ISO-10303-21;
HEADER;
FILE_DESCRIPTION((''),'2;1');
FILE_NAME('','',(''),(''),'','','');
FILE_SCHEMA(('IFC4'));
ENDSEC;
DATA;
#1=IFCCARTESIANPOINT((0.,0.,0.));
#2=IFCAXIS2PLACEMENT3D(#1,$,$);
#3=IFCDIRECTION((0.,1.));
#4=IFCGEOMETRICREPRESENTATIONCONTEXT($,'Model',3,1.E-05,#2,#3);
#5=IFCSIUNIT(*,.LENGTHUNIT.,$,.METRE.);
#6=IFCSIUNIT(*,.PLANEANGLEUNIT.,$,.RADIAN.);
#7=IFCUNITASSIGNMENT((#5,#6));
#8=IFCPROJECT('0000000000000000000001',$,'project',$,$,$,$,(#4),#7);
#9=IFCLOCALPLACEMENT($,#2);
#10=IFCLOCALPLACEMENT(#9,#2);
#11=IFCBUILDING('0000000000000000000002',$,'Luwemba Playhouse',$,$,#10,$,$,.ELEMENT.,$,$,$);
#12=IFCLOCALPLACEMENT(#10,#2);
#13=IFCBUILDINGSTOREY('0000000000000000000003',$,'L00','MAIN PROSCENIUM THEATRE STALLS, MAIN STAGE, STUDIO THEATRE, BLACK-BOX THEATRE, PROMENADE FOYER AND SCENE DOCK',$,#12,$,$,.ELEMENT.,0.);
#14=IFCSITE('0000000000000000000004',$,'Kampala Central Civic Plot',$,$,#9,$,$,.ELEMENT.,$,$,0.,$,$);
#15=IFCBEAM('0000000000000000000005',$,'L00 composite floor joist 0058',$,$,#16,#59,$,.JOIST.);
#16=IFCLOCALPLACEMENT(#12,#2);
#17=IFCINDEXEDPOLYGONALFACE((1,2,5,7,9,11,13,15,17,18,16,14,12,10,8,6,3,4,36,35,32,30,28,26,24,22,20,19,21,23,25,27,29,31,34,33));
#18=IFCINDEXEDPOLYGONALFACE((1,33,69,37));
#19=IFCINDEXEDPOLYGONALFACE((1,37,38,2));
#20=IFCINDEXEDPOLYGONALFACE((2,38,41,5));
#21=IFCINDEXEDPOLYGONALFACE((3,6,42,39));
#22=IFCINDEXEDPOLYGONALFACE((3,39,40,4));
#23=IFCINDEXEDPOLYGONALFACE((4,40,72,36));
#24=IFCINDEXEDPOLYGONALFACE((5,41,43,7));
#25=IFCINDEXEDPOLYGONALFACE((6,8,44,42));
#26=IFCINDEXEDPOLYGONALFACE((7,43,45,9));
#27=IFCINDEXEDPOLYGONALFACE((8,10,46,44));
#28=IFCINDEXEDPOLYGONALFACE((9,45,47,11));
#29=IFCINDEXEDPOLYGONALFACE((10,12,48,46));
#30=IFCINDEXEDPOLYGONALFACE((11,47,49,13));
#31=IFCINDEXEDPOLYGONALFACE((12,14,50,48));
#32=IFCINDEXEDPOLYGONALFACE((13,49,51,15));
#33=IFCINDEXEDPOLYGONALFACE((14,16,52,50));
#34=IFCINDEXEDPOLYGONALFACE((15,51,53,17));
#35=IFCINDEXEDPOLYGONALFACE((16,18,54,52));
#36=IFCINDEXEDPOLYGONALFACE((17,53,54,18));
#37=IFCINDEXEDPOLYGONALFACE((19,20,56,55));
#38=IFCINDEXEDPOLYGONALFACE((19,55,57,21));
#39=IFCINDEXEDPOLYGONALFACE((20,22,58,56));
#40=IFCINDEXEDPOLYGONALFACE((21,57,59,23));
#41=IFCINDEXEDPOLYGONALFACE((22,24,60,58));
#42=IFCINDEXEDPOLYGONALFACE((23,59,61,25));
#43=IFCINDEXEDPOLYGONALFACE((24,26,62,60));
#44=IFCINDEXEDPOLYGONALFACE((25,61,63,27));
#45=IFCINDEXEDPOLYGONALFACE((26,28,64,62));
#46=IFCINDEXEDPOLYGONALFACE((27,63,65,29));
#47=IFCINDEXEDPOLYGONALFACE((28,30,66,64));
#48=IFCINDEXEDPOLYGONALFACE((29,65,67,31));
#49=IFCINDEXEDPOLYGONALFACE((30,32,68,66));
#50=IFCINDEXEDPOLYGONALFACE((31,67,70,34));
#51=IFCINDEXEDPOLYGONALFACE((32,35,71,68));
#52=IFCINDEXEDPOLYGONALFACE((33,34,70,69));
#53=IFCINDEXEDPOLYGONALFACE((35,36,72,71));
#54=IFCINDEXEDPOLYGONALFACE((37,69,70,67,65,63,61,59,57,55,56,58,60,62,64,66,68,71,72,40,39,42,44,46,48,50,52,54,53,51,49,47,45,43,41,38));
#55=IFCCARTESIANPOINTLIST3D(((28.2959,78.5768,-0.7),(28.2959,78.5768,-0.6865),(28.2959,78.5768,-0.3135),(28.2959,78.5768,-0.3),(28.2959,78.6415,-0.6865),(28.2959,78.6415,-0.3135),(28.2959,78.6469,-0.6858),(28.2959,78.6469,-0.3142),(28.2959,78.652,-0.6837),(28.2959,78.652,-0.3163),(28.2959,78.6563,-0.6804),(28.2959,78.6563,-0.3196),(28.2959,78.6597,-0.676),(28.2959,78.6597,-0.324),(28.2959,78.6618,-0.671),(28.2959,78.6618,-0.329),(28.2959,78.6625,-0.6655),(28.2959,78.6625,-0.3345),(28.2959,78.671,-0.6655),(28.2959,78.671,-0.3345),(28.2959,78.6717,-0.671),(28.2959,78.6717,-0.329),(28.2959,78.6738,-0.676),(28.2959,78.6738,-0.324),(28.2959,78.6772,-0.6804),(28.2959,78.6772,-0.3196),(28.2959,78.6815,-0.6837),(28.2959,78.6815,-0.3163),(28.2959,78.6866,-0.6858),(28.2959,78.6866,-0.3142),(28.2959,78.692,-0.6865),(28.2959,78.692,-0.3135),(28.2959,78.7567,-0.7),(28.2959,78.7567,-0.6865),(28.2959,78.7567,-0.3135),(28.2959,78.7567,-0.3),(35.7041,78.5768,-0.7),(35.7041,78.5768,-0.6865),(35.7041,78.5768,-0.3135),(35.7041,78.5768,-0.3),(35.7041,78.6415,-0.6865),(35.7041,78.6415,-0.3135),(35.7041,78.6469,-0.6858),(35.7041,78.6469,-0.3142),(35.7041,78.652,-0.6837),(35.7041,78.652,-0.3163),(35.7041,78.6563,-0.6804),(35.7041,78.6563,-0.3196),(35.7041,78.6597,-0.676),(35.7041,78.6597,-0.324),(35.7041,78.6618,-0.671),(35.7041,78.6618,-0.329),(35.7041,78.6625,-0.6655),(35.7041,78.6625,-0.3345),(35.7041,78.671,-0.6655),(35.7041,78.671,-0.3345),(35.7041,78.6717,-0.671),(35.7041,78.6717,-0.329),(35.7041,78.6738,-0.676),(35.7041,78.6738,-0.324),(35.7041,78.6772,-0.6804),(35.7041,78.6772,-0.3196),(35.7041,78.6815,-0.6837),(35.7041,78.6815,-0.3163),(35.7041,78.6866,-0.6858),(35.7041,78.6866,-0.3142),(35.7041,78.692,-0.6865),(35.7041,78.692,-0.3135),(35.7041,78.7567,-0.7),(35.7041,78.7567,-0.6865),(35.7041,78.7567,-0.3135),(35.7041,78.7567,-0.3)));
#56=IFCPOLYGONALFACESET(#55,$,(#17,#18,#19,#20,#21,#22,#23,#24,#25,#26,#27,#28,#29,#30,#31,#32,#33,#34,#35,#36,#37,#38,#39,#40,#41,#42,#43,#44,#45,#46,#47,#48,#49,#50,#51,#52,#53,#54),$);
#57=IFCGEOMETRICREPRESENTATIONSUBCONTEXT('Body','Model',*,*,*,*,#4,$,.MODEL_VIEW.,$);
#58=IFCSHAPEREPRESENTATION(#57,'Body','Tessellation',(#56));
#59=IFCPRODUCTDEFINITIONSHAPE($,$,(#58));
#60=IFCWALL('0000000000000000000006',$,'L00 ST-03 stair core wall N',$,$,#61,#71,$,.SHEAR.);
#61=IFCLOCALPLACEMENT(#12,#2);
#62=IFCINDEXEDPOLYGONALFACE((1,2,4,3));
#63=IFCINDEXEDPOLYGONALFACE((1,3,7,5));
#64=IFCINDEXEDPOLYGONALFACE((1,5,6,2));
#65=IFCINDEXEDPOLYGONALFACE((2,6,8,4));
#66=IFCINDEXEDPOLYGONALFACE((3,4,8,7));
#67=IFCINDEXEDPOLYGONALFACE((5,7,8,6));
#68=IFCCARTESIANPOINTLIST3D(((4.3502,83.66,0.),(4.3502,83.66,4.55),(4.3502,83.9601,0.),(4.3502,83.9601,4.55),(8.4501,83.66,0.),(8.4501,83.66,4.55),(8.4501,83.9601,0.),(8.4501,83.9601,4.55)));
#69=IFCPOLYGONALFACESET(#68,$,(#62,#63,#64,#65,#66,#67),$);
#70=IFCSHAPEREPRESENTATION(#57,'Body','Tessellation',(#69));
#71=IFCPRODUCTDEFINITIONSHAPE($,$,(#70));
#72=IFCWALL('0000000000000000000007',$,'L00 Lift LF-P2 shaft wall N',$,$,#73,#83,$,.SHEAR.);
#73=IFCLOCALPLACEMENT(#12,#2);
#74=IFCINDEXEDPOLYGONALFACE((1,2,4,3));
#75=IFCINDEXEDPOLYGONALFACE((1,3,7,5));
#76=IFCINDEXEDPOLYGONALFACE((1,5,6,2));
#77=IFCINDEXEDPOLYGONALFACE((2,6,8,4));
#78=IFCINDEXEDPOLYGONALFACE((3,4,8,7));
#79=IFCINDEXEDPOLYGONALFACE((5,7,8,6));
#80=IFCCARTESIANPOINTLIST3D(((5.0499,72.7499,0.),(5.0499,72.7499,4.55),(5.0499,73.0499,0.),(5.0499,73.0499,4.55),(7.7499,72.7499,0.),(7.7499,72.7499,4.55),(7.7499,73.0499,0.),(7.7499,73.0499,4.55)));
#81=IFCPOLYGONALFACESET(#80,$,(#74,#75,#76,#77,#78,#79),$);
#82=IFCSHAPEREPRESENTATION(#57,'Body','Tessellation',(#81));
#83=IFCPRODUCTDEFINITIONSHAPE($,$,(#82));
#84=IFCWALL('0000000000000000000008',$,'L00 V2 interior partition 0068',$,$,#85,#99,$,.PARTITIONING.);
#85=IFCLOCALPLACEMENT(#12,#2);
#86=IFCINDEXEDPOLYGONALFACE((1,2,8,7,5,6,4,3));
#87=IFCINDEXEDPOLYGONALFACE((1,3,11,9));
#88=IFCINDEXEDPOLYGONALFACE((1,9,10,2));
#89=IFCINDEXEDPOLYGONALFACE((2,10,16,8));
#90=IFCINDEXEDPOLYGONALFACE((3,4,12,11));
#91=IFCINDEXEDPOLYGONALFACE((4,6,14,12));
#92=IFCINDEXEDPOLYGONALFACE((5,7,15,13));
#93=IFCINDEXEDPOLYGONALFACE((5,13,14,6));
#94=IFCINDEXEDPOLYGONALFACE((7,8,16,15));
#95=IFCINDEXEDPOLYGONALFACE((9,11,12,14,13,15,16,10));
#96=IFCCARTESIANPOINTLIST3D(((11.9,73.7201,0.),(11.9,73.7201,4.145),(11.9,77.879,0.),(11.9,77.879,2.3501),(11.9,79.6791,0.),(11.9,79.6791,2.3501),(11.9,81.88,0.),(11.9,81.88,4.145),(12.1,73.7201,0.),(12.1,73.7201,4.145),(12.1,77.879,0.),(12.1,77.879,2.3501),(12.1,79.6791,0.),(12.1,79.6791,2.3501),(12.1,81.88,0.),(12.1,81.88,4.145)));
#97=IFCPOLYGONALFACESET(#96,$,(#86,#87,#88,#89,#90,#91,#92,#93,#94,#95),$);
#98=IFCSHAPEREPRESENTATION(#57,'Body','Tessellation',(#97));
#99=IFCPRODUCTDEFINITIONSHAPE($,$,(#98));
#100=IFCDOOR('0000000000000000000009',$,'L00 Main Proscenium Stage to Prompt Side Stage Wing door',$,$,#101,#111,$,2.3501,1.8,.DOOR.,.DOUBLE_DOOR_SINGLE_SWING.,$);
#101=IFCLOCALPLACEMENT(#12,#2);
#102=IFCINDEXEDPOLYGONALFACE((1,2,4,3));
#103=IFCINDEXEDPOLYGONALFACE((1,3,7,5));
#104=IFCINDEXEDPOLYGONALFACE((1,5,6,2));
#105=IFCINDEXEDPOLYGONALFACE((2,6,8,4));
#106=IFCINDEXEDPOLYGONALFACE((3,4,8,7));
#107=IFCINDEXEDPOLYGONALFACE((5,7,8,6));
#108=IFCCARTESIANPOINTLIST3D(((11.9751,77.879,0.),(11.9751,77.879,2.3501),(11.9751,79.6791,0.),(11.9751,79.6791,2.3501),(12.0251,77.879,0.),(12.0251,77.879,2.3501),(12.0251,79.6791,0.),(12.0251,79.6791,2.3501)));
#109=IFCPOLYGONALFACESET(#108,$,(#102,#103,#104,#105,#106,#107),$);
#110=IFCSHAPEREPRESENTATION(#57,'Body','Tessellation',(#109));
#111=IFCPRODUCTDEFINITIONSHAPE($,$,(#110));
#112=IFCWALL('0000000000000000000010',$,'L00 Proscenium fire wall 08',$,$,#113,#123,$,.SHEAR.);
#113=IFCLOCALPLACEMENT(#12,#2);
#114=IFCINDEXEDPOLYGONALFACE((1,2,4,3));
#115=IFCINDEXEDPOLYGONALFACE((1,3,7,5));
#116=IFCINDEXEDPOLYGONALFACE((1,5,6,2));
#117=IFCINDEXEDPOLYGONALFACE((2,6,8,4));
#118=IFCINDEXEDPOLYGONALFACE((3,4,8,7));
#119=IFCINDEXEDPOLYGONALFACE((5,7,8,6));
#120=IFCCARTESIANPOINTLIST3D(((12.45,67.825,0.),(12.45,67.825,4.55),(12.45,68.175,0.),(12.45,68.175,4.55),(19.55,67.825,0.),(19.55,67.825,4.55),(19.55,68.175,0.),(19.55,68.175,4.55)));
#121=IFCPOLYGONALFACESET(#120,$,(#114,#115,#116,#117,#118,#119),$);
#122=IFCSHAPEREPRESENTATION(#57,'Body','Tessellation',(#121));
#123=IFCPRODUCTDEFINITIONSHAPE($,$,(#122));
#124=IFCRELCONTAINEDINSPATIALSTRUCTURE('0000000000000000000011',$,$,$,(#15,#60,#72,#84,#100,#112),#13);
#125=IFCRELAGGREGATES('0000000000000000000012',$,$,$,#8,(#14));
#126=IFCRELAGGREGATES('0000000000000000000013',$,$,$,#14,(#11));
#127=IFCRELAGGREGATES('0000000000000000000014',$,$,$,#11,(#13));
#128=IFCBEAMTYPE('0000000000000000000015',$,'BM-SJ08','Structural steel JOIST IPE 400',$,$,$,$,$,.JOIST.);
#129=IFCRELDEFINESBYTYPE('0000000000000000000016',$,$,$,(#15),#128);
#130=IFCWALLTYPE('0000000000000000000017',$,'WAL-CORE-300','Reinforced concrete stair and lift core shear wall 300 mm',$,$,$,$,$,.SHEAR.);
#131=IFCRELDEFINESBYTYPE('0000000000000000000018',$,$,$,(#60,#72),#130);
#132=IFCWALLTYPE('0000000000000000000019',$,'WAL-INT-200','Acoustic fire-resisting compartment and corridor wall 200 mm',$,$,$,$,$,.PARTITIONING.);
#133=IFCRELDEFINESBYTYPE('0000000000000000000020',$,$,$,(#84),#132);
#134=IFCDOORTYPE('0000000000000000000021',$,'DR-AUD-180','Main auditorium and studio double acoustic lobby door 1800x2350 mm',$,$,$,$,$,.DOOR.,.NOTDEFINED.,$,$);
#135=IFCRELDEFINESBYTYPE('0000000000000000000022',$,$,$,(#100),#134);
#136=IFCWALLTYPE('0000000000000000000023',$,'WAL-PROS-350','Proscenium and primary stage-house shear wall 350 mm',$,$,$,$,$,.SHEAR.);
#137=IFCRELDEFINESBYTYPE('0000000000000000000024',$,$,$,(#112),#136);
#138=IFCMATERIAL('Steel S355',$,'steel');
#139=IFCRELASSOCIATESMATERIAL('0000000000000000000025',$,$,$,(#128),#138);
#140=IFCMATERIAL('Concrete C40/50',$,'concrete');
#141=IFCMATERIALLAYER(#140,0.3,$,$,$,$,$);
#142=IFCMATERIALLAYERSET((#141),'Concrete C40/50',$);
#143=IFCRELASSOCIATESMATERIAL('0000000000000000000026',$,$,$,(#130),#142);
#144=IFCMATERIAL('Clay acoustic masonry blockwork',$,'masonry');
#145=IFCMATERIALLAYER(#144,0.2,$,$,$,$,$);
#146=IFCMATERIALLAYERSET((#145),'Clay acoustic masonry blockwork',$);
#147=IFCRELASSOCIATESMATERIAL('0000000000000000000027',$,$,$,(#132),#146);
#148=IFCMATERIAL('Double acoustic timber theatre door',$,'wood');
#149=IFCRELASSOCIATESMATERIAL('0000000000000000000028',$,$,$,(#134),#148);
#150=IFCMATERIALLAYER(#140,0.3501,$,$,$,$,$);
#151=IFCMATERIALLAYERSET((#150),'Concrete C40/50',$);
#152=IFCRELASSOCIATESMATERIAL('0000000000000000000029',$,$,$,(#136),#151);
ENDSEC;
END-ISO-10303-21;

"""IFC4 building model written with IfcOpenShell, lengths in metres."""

from ifc_helpers import new_model, si_unit, direction, frame, frame_2d, origin, origin_2d, place, context, subcontext, project, spatial, rectangle, i_section, extrude, material, layer, layer_set, material_profile, profile_set, type_object, element, fill, save


model = new_model("IFC4")

# Units and contexts
model_context = context("Model", 3, precision=1e-05, world=origin(), true_north=direction((0.0, 1.0)))
body_context = subcontext(model_context, "Body", "Model", "MODEL_VIEW")
ifc_project = project(units=[si_unit("LENGTHUNIT", "METRE"), si_unit("PLANEANGLEUNIT", "RADIAN")], contexts=[model_context])

# Site, building, storey
site_placement = place(None, origin())
site = spatial("IfcSite", under=ifc_project, at=site_placement, Name="Kampala Central Civic Plot", CompositionType="ELEMENT", RefElevation=0.0)
building_placement = place(site_placement, origin())
building = spatial("IfcBuilding", under=site, at=building_placement, Name="Luwemba Playhouse", CompositionType="ELEMENT")
storey_placement = place(building_placement, origin())
storey = spatial("IfcBuildingStorey", under=building, at=storey_placement, Name="L00", Description="MAIN PROSCENIUM THEATRE STALLS, MAIN STAGE, STUDIO THEATRE, BLACK-BOX THEATRE, PROMENADE FOYER AND SCENE DOCK", CompositionType="ELEMENT", Elevation=0.0)

# Shared definitions
ifc_material_1 = material(Name="Concrete C40/50", Category="concrete")

# Beam
ifc_material_2 = material(Name="Steel S355", Category="steel")
ifc_material_profile_1 = material_profile(ifc_material_2, i_section(OverallWidth=0.1799, OverallDepth=0.3999, WebThickness=0.0085, FlangeThickness=0.0134, FilletRadius=0.021, at=origin_2d()))
ifc_profile_set_1 = profile_set([ifc_material_profile_1], Name="Steel S355")
beam_type_1 = type_object("IfcBeamType", Name="BM-SJ08", Description="Structural steel JOIST IPE 400", PredefinedType="JOIST", material=ifc_profile_set_1)
for number, where, z_axis, x_axis, name in (
    (1, (28.2959, 78.6667, -0.5), (1.0, 0.0, 0.0), (0.0, 1.0, 0.0), "L00 composite floor joist 0058"),
):
    element("IfcBeam", number, at=place(storey_placement, frame(where, z_axis=z_axis, x_axis=x_axis)), inside=storey, type_object=beam_type_1, Name=name, PredefinedType="JOIST", context=body_context, shape_type="SweptSolid", body=[
        extrude(i_section(OverallWidth=0.1799, OverallDepth=0.3999, WebThickness=0.0085, FlangeThickness=0.0134, FilletRadius=0.021, at=origin_2d()), origin(), (0.0, 0.0, 1.0), 7.4082),
    ])

# Wall
ifc_layer_1 = layer(ifc_material_1, 0.3)
ifc_layer_set_1 = layer_set([ifc_layer_1], Name="Concrete C40/50")
wall_type_1 = type_object("IfcWallType", Name="WAL-CORE-300", Description="Reinforced concrete stair and lift core shear wall 300 mm", PredefinedType="SHEAR", material=ifc_layer_set_1)
wall_1_placement = place(storey_placement, frame((8.45, 83.8101, 0.0), z_axis=(0.0, 0.0, 1.0), x_axis=(-1.0, 0.0, 0.0)))
element("IfcWall", 2, at=wall_1_placement, inside=storey, type_object=wall_type_1, Name="L00 ST-03 stair core wall N", PredefinedType="SHEAR", context=body_context, shape_type="SweptSolid", body=[
    extrude(rectangle(XDim=4.0999, YDim=0.3, at=frame_2d((2.0498, 0.0))), origin(), (0.0, 0.0, 1.0), 4.55),
])

# Wall
wall_2_placement = place(storey_placement, frame((7.75, 72.8999, 0.0), z_axis=(0.0, 0.0, 1.0), x_axis=(-1.0, 0.0, 0.0)))
element("IfcWall", 3, at=wall_2_placement, inside=storey, type_object=wall_type_1, Name="L00 Lift LF-P2 shaft wall N", PredefinedType="SHEAR", context=body_context, shape_type="SweptSolid", body=[
    extrude(rectangle(XDim=2.7, YDim=0.3, at=frame_2d((1.3501, 0.0))), origin(), (0.0, 0.0, 1.0), 4.55),
])

# Wall, opening, door
ifc_material_3 = material(Name="Clay acoustic masonry blockwork", Category="masonry")
ifc_layer_2 = layer(ifc_material_3, 0.2)
ifc_layer_set_2 = layer_set([ifc_layer_2], Name="Clay acoustic masonry blockwork")
wall_type_2 = type_object("IfcWallType", Name="WAL-INT-200", Description="Acoustic fire-resisting compartment and corridor wall 200 mm", PredefinedType="PARTITIONING", material=ifc_layer_set_2)
wall_3_placement = place(storey_placement, frame((12.0, 73.72, 0.0), z_axis=(0.0, 0.0, 1.0), x_axis=(0.0, 1.0, 0.0)))
wall_3 = element("IfcWall", 4, at=wall_3_placement, inside=storey, type_object=wall_type_2, Name="L00 V2 interior partition 0068", PredefinedType="PARTITIONING", context=body_context, shape_type="SweptSolid", body=[
    extrude(rectangle(XDim=8.1599, YDim=0.2, at=frame_2d((4.0801, 0.0))), origin(), (0.0, 0.0, 1.0), 4.145),
])
opening_1_placement = place(wall_3_placement, frame((4.1592, 0.0, 0.0)))
opening_1 = element("IfcOpeningElement", 5, at=opening_1_placement, cuts=wall_3, PredefinedType="OPENING", context=body_context, shape_type="SweptSolid", body=[
    extrude(rectangle(XDim=1.8, YDim=2.3501, at=frame_2d((0.8999, 1.175))), frame((0.0, 0.1099, 0.0), z_axis=(0.0, -1.0, 0.0), x_axis=(1.0, 0.0, 0.0)), (0.0, 0.0, 1.0), 0.22),
])
ifc_material_4 = material(Name="Double acoustic timber theatre door", Category="wood")
door_type_1 = type_object("IfcDoorType", Name="DR-AUD-180", Description="Main auditorium and studio double acoustic lobby door 1800x2350 mm", OperationType="NOTDEFINED", PredefinedType="DOOR", material=ifc_material_4)
door_1_placement = place(opening_1_placement, origin())
door_1 = element("IfcDoor", 6, at=door_1_placement, inside=storey, type_object=door_type_1, Name="L00 Main Proscenium Stage to Prompt Side Stage Wing door", OperationType="DOUBLE_DOOR_SINGLE_SWING", OverallHeight=2.3501, OverallWidth=1.8, PredefinedType="DOOR", context=body_context, shape_type="SweptSolid", body=[
    extrude(rectangle(XDim=1.8, YDim=2.3501, at=frame_2d((0.8999, 1.175))), frame((0.0, 0.0249, 0.0), z_axis=(0.0, -1.0, 0.0), x_axis=(1.0, 0.0, 0.0)), (0.0, 0.0, 1.0), 0.05),
])
fill(opening_1, door_1)

# Wall
ifc_layer_3 = layer(ifc_material_1, 0.3501)
ifc_layer_set_3 = layer_set([ifc_layer_3], Name="Concrete C40/50")
wall_type_3 = type_object("IfcWallType", Name="WAL-PROS-350", Description="Proscenium and primary stage-house shear wall 350 mm", PredefinedType="SHEAR", material=ifc_layer_set_3)
wall_4_placement = place(storey_placement, frame((12.45, 68.0, 0.0), z_axis=(0.0, 0.0, 1.0), x_axis=(1.0, 0.0, 0.0)))
element("IfcWall", 7, at=wall_4_placement, inside=storey, type_object=wall_type_3, Name="L00 Proscenium fire wall 08", PredefinedType="SHEAR", context=body_context, shape_type="SweptSolid", body=[
    extrude(rectangle(XDim=7.1001, YDim=0.3501, at=frame_2d((3.55, 0.0))), origin(), (0.0, 0.0, 1.0), 4.55),
])

save(model, "model.ifc")
